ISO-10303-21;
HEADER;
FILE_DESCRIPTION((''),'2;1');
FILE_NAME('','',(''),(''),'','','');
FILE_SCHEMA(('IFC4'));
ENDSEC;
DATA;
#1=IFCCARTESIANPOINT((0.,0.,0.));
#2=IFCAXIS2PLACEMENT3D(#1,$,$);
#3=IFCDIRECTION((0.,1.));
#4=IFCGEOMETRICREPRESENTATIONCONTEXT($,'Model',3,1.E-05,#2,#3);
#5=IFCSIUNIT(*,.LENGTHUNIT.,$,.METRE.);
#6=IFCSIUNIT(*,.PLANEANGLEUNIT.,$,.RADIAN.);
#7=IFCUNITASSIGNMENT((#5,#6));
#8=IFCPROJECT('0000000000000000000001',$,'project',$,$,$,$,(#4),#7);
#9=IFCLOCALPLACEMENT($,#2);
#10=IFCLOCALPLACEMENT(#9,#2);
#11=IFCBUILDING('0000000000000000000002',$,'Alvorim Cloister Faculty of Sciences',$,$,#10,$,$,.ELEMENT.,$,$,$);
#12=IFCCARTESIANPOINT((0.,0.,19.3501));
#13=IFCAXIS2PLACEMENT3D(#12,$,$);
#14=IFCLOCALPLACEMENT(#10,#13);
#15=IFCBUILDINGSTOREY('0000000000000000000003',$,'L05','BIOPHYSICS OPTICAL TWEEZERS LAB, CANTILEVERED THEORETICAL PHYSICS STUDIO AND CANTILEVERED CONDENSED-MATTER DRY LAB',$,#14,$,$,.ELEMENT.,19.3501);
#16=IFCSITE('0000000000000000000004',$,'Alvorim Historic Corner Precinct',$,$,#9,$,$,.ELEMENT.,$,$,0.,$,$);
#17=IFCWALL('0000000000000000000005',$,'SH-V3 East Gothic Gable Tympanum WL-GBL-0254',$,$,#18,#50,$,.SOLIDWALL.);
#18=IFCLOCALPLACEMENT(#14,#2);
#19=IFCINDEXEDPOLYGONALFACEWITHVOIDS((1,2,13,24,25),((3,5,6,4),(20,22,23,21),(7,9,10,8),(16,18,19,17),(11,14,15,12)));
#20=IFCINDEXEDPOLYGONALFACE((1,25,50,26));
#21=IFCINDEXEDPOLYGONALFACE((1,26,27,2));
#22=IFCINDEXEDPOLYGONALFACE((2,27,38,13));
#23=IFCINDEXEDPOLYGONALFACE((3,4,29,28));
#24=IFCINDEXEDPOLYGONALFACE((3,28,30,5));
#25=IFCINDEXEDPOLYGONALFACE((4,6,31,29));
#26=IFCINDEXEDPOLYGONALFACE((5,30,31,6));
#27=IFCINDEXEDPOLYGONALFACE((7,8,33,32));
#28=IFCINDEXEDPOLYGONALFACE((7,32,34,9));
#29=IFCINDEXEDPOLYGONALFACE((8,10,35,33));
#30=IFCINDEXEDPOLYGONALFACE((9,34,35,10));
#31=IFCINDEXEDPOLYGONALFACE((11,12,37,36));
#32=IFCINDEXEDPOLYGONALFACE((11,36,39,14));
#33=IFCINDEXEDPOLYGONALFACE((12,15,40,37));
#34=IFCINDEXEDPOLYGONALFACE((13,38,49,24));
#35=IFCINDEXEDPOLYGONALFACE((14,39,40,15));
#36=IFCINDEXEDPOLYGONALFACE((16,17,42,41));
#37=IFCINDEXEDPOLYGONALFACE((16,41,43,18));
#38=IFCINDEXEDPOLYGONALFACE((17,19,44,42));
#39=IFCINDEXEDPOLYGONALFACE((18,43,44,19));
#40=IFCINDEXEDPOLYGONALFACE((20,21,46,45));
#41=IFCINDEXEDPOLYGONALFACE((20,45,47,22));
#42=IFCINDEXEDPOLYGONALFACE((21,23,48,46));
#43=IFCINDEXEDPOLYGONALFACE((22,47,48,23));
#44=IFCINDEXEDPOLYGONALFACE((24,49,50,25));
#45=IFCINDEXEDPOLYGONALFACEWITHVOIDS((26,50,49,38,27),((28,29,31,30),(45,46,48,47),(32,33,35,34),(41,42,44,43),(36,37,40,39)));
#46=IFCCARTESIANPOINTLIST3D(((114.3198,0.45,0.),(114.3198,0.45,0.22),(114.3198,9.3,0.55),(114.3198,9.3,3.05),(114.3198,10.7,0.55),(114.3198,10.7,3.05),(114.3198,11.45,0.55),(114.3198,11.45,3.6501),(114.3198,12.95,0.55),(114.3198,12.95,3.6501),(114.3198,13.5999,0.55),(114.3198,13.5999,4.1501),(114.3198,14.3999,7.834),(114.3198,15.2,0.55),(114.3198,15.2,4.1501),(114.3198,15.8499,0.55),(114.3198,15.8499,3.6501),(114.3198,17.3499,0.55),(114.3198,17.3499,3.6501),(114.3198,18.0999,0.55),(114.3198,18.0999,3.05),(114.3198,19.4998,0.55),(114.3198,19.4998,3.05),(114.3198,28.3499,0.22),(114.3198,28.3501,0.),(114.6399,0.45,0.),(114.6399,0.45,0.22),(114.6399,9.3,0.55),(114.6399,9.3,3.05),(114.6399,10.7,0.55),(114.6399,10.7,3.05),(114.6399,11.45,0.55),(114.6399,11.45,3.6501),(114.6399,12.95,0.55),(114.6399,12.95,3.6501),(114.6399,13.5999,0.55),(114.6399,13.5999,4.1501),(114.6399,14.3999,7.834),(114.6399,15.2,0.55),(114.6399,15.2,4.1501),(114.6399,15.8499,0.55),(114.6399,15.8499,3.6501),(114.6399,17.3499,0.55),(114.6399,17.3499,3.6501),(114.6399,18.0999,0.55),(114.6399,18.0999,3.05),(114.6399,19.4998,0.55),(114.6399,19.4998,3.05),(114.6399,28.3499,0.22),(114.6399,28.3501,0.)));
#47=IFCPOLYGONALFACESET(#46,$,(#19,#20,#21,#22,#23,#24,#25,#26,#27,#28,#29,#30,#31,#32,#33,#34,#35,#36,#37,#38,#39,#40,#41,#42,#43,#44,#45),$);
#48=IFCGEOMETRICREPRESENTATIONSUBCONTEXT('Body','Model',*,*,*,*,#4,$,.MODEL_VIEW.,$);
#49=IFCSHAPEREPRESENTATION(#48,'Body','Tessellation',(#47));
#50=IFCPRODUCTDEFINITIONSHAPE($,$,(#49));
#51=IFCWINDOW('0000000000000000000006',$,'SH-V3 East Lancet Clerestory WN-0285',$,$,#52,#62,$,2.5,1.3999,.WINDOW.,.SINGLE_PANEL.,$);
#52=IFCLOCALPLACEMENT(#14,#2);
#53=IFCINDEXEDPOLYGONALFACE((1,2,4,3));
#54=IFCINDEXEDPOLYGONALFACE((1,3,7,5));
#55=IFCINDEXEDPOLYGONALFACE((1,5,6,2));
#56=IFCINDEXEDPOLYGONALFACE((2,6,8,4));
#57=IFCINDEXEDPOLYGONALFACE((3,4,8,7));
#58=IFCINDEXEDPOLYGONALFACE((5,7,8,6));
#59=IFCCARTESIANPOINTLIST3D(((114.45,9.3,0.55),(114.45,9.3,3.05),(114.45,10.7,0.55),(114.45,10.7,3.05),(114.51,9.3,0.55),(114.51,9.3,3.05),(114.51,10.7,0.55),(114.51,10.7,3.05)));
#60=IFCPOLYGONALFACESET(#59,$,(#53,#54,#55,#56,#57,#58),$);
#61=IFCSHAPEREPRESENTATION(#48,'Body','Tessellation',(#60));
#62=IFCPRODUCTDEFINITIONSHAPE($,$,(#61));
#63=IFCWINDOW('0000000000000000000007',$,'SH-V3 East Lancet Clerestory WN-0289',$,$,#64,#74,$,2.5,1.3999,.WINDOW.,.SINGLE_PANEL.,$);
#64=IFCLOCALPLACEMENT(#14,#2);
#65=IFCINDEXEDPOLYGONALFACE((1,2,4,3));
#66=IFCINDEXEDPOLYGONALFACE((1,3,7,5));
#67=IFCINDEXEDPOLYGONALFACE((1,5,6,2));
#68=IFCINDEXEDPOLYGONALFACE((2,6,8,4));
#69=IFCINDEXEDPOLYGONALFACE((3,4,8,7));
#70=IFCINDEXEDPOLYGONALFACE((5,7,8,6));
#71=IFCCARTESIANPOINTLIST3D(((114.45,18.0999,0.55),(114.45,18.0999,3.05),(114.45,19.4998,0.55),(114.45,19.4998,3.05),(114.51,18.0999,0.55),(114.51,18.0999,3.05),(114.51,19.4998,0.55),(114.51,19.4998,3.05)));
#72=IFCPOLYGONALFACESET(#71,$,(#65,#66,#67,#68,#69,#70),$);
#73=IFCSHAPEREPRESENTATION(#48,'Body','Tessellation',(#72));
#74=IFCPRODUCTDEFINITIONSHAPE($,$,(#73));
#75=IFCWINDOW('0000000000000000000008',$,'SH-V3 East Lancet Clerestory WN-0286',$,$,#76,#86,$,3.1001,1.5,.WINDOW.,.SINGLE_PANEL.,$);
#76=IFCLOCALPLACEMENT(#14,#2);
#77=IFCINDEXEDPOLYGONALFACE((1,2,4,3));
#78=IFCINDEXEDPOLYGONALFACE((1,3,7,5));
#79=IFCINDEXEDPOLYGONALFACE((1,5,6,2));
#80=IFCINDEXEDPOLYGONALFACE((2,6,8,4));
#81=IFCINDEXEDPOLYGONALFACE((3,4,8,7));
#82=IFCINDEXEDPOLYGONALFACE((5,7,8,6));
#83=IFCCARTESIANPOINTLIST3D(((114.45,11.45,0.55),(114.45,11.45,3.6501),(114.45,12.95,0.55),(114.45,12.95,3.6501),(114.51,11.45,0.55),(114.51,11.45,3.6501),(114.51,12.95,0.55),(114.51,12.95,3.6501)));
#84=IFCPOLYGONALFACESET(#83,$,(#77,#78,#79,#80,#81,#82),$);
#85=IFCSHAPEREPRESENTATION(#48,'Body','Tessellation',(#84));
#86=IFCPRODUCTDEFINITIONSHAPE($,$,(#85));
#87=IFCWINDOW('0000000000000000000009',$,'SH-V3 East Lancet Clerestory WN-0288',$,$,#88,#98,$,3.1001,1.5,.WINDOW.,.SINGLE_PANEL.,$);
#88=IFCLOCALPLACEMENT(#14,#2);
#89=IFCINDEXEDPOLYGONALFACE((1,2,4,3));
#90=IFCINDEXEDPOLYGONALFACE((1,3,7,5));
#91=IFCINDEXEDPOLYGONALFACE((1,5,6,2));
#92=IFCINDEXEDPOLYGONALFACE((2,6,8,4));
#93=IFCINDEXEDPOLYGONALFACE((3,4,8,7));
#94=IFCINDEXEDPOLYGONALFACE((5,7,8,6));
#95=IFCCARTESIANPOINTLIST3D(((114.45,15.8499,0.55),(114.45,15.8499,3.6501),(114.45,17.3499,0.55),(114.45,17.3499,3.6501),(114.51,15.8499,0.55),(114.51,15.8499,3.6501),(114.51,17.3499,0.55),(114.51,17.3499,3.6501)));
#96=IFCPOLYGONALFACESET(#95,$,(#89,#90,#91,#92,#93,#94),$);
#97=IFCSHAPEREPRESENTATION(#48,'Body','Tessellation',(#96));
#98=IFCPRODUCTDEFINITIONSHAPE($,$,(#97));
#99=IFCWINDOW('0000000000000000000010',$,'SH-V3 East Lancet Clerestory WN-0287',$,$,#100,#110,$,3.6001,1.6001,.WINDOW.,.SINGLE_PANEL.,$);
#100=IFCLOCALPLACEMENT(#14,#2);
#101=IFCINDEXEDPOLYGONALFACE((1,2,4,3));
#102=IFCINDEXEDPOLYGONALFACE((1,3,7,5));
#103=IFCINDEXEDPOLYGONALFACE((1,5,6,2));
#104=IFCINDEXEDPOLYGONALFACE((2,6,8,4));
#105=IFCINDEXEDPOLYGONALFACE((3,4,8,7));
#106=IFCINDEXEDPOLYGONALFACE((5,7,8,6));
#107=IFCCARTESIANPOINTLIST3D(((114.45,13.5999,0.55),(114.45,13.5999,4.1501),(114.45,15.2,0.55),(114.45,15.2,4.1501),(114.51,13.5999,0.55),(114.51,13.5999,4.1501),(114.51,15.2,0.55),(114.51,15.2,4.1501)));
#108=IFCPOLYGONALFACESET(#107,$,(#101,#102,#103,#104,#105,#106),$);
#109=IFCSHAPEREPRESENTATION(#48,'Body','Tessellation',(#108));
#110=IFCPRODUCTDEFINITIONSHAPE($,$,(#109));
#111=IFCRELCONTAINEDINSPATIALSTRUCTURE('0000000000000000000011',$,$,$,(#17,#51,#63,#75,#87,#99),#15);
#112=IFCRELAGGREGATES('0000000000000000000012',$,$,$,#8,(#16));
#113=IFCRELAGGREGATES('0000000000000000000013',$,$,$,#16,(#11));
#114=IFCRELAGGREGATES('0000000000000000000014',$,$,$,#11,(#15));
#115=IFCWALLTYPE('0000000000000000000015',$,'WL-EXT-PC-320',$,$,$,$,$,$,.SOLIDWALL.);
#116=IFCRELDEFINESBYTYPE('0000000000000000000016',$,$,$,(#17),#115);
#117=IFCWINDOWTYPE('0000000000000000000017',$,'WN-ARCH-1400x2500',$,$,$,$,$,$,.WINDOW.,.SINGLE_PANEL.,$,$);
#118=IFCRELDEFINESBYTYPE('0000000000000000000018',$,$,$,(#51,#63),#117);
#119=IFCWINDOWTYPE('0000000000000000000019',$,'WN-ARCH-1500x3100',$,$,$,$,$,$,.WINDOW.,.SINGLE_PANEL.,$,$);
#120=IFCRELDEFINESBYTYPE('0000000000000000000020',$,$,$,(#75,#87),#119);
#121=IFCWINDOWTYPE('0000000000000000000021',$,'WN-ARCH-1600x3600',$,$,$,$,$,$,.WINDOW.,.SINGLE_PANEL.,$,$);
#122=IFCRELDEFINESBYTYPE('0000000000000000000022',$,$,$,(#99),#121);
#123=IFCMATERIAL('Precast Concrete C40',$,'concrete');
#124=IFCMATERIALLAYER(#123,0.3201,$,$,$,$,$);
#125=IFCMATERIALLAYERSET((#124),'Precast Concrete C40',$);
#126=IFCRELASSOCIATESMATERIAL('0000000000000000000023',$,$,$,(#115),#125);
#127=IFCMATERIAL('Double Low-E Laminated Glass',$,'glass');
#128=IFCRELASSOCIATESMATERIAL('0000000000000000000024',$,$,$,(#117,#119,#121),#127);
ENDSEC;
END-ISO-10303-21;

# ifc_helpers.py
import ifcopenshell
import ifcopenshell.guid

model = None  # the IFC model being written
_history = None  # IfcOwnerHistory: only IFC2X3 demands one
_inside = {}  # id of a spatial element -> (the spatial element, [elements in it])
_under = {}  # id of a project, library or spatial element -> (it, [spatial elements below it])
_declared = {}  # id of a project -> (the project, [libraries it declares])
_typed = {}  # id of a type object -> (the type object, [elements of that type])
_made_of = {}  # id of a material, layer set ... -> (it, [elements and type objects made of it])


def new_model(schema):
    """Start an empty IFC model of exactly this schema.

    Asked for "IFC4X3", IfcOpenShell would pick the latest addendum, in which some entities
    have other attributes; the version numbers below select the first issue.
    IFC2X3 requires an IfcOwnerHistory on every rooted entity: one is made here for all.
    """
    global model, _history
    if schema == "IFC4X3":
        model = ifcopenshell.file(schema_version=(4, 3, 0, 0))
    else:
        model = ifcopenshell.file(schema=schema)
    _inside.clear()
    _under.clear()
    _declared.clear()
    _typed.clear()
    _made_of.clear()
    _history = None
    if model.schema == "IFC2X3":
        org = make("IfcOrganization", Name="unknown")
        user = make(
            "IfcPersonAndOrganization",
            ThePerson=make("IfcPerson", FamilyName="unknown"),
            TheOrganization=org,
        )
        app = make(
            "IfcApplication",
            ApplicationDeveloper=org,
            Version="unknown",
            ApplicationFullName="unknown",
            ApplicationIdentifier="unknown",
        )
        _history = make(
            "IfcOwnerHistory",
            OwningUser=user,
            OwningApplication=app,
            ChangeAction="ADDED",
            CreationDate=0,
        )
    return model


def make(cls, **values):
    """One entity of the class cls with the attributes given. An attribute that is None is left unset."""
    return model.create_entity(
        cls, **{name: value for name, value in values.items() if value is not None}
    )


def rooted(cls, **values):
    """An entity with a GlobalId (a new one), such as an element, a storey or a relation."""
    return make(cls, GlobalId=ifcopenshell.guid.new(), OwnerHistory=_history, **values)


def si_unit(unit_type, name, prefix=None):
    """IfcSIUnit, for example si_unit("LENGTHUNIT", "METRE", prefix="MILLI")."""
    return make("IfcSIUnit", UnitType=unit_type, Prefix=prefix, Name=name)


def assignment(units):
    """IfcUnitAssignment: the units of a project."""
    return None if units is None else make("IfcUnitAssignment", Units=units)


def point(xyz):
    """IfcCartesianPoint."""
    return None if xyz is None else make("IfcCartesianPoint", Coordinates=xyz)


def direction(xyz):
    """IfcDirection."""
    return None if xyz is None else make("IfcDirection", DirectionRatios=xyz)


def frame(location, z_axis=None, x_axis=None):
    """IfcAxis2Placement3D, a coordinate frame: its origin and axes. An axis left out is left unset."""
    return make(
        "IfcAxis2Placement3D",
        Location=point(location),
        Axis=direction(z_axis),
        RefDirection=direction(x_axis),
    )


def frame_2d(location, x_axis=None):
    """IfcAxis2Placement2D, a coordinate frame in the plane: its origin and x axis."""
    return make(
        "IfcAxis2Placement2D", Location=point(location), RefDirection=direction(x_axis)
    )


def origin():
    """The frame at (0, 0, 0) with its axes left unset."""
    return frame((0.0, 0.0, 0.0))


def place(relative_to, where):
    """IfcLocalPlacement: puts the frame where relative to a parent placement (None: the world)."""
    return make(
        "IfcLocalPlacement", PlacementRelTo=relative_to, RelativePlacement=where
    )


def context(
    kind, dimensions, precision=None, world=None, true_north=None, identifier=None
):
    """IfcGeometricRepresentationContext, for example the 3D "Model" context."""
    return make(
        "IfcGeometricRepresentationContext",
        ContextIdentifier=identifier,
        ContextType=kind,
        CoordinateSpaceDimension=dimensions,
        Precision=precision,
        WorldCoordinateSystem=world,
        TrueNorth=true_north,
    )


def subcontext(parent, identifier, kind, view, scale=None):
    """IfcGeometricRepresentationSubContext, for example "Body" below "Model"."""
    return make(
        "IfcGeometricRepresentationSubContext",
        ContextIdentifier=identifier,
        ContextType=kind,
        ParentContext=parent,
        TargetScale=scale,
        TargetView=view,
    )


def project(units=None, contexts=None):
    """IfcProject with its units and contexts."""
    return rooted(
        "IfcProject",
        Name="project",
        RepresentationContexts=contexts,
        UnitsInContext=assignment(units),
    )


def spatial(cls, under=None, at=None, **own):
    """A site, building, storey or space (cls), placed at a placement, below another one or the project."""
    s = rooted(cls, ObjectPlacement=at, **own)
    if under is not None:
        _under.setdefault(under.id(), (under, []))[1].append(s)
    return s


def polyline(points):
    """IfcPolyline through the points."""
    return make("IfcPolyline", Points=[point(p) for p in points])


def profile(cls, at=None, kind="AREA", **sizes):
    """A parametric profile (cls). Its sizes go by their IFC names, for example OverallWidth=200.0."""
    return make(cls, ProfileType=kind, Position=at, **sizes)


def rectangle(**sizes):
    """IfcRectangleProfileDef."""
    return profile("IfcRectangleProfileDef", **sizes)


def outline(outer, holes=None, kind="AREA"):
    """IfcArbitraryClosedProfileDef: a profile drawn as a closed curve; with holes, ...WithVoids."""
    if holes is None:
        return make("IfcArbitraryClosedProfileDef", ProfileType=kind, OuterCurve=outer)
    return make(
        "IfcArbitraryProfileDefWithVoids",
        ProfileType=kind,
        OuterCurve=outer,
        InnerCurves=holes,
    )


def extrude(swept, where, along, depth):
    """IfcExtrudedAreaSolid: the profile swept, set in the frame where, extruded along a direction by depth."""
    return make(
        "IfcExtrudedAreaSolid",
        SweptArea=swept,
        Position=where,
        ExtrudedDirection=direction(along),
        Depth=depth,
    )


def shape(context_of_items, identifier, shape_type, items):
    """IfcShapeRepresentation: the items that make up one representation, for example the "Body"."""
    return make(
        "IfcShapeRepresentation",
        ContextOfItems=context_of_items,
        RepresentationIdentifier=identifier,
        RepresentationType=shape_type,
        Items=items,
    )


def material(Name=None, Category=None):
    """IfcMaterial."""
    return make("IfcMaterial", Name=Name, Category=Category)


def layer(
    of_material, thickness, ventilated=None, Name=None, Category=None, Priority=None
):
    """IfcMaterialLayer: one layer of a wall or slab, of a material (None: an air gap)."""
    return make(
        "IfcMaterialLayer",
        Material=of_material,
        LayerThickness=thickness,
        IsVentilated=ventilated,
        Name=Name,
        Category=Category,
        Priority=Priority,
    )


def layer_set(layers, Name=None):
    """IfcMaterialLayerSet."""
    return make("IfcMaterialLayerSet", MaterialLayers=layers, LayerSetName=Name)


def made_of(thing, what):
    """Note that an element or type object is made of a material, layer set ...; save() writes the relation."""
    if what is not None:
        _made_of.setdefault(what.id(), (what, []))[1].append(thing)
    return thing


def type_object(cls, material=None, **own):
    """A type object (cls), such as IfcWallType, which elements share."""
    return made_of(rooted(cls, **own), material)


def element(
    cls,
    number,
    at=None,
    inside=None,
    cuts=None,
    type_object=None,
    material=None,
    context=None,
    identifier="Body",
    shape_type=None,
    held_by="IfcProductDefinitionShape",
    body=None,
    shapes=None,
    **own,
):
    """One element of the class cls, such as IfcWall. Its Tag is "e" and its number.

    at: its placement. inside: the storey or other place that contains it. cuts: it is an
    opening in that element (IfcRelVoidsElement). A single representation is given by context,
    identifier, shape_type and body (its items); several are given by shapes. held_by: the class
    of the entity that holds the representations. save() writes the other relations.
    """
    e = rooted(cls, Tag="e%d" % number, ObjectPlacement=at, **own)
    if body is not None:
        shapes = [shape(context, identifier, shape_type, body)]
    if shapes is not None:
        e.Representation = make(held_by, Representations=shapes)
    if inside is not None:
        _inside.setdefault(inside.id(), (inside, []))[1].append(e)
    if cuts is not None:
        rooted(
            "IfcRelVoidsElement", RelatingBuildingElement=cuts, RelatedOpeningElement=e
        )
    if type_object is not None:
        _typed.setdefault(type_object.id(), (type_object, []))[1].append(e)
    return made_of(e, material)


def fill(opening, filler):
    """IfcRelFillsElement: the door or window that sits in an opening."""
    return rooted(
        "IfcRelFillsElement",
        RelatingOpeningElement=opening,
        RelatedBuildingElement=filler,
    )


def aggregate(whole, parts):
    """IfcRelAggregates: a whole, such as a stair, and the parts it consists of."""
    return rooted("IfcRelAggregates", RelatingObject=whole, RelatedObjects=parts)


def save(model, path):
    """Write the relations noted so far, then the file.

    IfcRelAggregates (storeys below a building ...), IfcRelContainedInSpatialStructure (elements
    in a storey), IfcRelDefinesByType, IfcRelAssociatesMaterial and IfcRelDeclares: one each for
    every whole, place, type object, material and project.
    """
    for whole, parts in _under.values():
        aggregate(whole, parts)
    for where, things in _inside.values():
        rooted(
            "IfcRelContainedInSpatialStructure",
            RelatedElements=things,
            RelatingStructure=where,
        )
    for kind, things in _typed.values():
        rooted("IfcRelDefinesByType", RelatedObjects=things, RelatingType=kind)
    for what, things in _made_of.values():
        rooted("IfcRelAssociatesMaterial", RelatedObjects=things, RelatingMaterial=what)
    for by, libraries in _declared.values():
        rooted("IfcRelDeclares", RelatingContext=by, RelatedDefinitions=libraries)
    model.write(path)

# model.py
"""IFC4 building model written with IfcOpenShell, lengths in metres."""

from ifc_helpers import new_model, si_unit, direction, frame, frame_2d, origin, place, context, subcontext, project, spatial, polyline, rectangle, outline, extrude, material, layer, layer_set, type_object, element, fill, save


model = new_model("IFC4")

# Units and contexts
model_context = context("Model", 3, precision=1e-05, world=origin(), true_north=direction((0.0, 1.0)))
body_context = subcontext(model_context, "Body", "Model", "MODEL_VIEW")
ifc_project = project(units=[si_unit("LENGTHUNIT", "METRE"), si_unit("PLANEANGLEUNIT", "RADIAN")], contexts=[model_context])

# Site, building, storey
site_placement = place(None, origin())
site = spatial("IfcSite", under=ifc_project, at=site_placement, Name="Alvorim Historic Corner Precinct", CompositionType="ELEMENT", RefElevation=0.0)
building_placement = place(site_placement, origin())
building = spatial("IfcBuilding", under=site, at=building_placement, Name="Alvorim Cloister Faculty of Sciences", CompositionType="ELEMENT")
storey_placement = place(building_placement, frame((0.0, 0.0, 19.3501)))
storey = spatial("IfcBuildingStorey", under=building, at=storey_placement, Name="L05", Description="BIOPHYSICS OPTICAL TWEEZERS LAB, CANTILEVERED THEORETICAL PHYSICS STUDIO AND CANTILEVERED CONDENSED-MATTER DRY LAB", CompositionType="ELEMENT", Elevation=19.3501)

# Wall, openings, windows
ifc_material_1 = material(Name="Precast Concrete C40", Category="concrete")
ifc_layer_1 = layer(ifc_material_1, 0.3201)
ifc_layer_set_1 = layer_set([ifc_layer_1], Name="Precast Concrete C40")
wall_type = type_object("IfcWallType", Name="WL-EXT-PC-320", PredefinedType="SOLIDWALL", material=ifc_layer_set_1)
wall_placement = place(storey_placement, frame((114.48, 0.45, 0.0), z_axis=(0.0, 0.0, 1.0), x_axis=(0.0, 1.0, 0.0)))
wall = element("IfcWall", 1, at=wall_placement, inside=storey, type_object=wall_type, Name="SH-V3 East Gothic Gable Tympanum WL-GBL-0254", PredefinedType="SOLIDWALL", context=body_context, shape_type="SweptSolid", body=[
    extrude(outline(polyline([(0.0, 0.0), (27.9001, 0.0), (27.8999, 0.22), (13.95, 7.834), (0.0, 0.22), (0.0, 0.0)])), frame((0.0, 0.1602, 0.0), z_axis=(0.0, -1.0, 0.0), x_axis=(1.0, 0.0, 0.0)), (0.0, 0.0, 1.0), 0.3201),
])
opening_1_placement = place(wall_placement, frame((8.8501, 0.0, 0.55)))
opening_1 = element("IfcOpeningElement", 2, at=opening_1_placement, cuts=wall, PredefinedType="OPENING", context=body_context, shape_type="SweptSolid", body=[
    extrude(rectangle(XDim=1.3999, YDim=2.5, at=frame_2d((0.7, 1.25))), frame((0.0, 0.1719, 0.0), z_axis=(0.0, -1.0, 0.0), x_axis=(1.0, 0.0, 0.0)), (0.0, 0.0, 1.0), 0.344),
])
opening_2_placement = place(wall_placement, frame((11.0, 0.0, 0.55)))
opening_2 = element("IfcOpeningElement", 3, at=opening_2_placement, cuts=wall, PredefinedType="OPENING", context=body_context, shape_type="SweptSolid", body=[
    extrude(rectangle(XDim=1.5, YDim=3.1001, at=frame_2d((0.75, 1.55))), frame((0.0, 0.1719, 0.0), z_axis=(0.0, -1.0, 0.0), x_axis=(1.0, 0.0, 0.0)), (0.0, 0.0, 1.0), 0.344),
])
opening_3_placement = place(wall_placement, frame((13.1499, 0.0, 0.55)))
opening_3 = element("IfcOpeningElement", 4, at=opening_3_placement, cuts=wall, PredefinedType="OPENING", context=body_context, shape_type="SweptSolid", body=[
    extrude(rectangle(XDim=1.6001, YDim=3.6001, at=frame_2d((0.8, 1.8))), frame((0.0, 0.1719, 0.0), z_axis=(0.0, -1.0, 0.0), x_axis=(1.0, 0.0, 0.0)), (0.0, 0.0, 1.0), 0.344),
])
opening_4_placement = place(wall_placement, frame((15.3999, 0.0, 0.55)))
opening_4 = element("IfcOpeningElement", 5, at=opening_4_placement, cuts=wall, PredefinedType="OPENING", context=body_context, shape_type="SweptSolid", body=[
    extrude(rectangle(XDim=1.5, YDim=3.1001, at=frame_2d((0.75, 1.55))), frame((0.0, 0.1719, 0.0), z_axis=(0.0, -1.0, 0.0), x_axis=(1.0, 0.0, 0.0)), (0.0, 0.0, 1.0), 0.344),
])
opening_5_placement = place(wall_placement, frame((17.6499, 0.0, 0.55)))
opening_5 = element("IfcOpeningElement", 6, at=opening_5_placement, cuts=wall, PredefinedType="OPENING", context=body_context, shape_type="SweptSolid", body=[
    extrude(rectangle(XDim=1.3999, YDim=2.5, at=frame_2d((0.7, 1.25))), frame((0.0, 0.1719, 0.0), z_axis=(0.0, -1.0, 0.0), x_axis=(1.0, 0.0, 0.0)), (0.0, 0.0, 1.0), 0.344),
])
ifc_material_2 = material(Name="Double Low-E Laminated Glass", Category="glass")
window_type_1 = type_object("IfcWindowType", Name="WN-ARCH-1400x2500", PartitioningType="SINGLE_PANEL", PredefinedType="WINDOW", material=ifc_material_2)
window_1_placement = place(opening_1_placement, origin())
window_1 = element("IfcWindow", 7, at=window_1_placement, inside=storey, type_object=window_type_1, Name="SH-V3 East Lancet Clerestory WN-0285", OverallHeight=2.5, OverallWidth=1.3999, PartitioningType="SINGLE_PANEL", PredefinedType="WINDOW", context=body_context, shape_type="SweptSolid", body=[
    extrude(rectangle(XDim=1.3999, YDim=2.5, at=frame_2d((0.7, 1.25))), frame((0.0, 0.03, 0.0), z_axis=(0.0, -1.0, 0.0), x_axis=(1.0, 0.0, 0.0)), (0.0, 0.0, 1.0), 0.0601),
])
fill(opening_1, window_1)
window_2_placement = place(opening_5_placement, origin())
window_2 = element("IfcWindow", 8, at=window_2_placement, inside=storey, type_object=window_type_1, Name="SH-V3 East Lancet Clerestory WN-0289", OverallHeight=2.5, OverallWidth=1.3999, PartitioningType="SINGLE_PANEL", PredefinedType="WINDOW", context=body_context, shape_type="SweptSolid", body=[
    extrude(rectangle(XDim=1.3999, YDim=2.5, at=frame_2d((0.7, 1.25))), frame((0.0, 0.03, 0.0), z_axis=(0.0, -1.0, 0.0), x_axis=(1.0, 0.0, 0.0)), (0.0, 0.0, 1.0), 0.0601),
])
fill(opening_5, window_2)
window_type_2 = type_object("IfcWindowType", Name="WN-ARCH-1500x3100", PartitioningType="SINGLE_PANEL", PredefinedType="WINDOW", material=ifc_material_2)
window_3_placement = place(opening_2_placement, origin())
window_3 = element("IfcWindow", 9, at=window_3_placement, inside=storey, type_object=window_type_2, Name="SH-V3 East Lancet Clerestory WN-0286", OverallHeight=3.1001, OverallWidth=1.5, PartitioningType="SINGLE_PANEL", PredefinedType="WINDOW", context=body_context, shape_type="SweptSolid", body=[
    extrude(rectangle(XDim=1.5, YDim=3.1001, at=frame_2d((0.75, 1.55))), frame((0.0, 0.03, 0.0), z_axis=(0.0, -1.0, 0.0), x_axis=(1.0, 0.0, 0.0)), (0.0, 0.0, 1.0), 0.0601),
])
fill(opening_2, window_3)
window_4_placement = place(opening_4_placement, origin())
window_4 = element("IfcWindow", 10, at=window_4_placement, inside=storey, type_object=window_type_2, Name="SH-V3 East Lancet Clerestory WN-0288", OverallHeight=3.1001, OverallWidth=1.5, PartitioningType="SINGLE_PANEL", PredefinedType="WINDOW", context=body_context, shape_type="SweptSolid", body=[
    extrude(rectangle(XDim=1.5, YDim=3.1001, at=frame_2d((0.75, 1.55))), frame((0.0, 0.03, 0.0), z_axis=(0.0, -1.0, 0.0), x_axis=(1.0, 0.0, 0.0)), (0.0, 0.0, 1.0), 0.0601),
])
fill(opening_4, window_4)
window_type_3 = type_object("IfcWindowType", Name="WN-ARCH-1600x3600", PartitioningType="SINGLE_PANEL", PredefinedType="WINDOW", material=ifc_material_2)
window_5_placement = place(opening_3_placement, origin())
window_5 = element("IfcWindow", 11, at=window_5_placement, inside=storey, type_object=window_type_3, Name="SH-V3 East Lancet Clerestory WN-0287", OverallHeight=3.6001, OverallWidth=1.6001, PartitioningType="SINGLE_PANEL", PredefinedType="WINDOW", context=body_context, shape_type="SweptSolid", body=[
    extrude(rectangle(XDim=1.6001, YDim=3.6001, at=frame_2d((0.8, 1.8))), frame((0.0, 0.03, 0.0), z_axis=(0.0, -1.0, 0.0), x_axis=(1.0, 0.0, 0.0)), (0.0, 0.0, 1.0), 0.0601),
])
fill(opening_3, window_5)

save(model, "model.ifc")
